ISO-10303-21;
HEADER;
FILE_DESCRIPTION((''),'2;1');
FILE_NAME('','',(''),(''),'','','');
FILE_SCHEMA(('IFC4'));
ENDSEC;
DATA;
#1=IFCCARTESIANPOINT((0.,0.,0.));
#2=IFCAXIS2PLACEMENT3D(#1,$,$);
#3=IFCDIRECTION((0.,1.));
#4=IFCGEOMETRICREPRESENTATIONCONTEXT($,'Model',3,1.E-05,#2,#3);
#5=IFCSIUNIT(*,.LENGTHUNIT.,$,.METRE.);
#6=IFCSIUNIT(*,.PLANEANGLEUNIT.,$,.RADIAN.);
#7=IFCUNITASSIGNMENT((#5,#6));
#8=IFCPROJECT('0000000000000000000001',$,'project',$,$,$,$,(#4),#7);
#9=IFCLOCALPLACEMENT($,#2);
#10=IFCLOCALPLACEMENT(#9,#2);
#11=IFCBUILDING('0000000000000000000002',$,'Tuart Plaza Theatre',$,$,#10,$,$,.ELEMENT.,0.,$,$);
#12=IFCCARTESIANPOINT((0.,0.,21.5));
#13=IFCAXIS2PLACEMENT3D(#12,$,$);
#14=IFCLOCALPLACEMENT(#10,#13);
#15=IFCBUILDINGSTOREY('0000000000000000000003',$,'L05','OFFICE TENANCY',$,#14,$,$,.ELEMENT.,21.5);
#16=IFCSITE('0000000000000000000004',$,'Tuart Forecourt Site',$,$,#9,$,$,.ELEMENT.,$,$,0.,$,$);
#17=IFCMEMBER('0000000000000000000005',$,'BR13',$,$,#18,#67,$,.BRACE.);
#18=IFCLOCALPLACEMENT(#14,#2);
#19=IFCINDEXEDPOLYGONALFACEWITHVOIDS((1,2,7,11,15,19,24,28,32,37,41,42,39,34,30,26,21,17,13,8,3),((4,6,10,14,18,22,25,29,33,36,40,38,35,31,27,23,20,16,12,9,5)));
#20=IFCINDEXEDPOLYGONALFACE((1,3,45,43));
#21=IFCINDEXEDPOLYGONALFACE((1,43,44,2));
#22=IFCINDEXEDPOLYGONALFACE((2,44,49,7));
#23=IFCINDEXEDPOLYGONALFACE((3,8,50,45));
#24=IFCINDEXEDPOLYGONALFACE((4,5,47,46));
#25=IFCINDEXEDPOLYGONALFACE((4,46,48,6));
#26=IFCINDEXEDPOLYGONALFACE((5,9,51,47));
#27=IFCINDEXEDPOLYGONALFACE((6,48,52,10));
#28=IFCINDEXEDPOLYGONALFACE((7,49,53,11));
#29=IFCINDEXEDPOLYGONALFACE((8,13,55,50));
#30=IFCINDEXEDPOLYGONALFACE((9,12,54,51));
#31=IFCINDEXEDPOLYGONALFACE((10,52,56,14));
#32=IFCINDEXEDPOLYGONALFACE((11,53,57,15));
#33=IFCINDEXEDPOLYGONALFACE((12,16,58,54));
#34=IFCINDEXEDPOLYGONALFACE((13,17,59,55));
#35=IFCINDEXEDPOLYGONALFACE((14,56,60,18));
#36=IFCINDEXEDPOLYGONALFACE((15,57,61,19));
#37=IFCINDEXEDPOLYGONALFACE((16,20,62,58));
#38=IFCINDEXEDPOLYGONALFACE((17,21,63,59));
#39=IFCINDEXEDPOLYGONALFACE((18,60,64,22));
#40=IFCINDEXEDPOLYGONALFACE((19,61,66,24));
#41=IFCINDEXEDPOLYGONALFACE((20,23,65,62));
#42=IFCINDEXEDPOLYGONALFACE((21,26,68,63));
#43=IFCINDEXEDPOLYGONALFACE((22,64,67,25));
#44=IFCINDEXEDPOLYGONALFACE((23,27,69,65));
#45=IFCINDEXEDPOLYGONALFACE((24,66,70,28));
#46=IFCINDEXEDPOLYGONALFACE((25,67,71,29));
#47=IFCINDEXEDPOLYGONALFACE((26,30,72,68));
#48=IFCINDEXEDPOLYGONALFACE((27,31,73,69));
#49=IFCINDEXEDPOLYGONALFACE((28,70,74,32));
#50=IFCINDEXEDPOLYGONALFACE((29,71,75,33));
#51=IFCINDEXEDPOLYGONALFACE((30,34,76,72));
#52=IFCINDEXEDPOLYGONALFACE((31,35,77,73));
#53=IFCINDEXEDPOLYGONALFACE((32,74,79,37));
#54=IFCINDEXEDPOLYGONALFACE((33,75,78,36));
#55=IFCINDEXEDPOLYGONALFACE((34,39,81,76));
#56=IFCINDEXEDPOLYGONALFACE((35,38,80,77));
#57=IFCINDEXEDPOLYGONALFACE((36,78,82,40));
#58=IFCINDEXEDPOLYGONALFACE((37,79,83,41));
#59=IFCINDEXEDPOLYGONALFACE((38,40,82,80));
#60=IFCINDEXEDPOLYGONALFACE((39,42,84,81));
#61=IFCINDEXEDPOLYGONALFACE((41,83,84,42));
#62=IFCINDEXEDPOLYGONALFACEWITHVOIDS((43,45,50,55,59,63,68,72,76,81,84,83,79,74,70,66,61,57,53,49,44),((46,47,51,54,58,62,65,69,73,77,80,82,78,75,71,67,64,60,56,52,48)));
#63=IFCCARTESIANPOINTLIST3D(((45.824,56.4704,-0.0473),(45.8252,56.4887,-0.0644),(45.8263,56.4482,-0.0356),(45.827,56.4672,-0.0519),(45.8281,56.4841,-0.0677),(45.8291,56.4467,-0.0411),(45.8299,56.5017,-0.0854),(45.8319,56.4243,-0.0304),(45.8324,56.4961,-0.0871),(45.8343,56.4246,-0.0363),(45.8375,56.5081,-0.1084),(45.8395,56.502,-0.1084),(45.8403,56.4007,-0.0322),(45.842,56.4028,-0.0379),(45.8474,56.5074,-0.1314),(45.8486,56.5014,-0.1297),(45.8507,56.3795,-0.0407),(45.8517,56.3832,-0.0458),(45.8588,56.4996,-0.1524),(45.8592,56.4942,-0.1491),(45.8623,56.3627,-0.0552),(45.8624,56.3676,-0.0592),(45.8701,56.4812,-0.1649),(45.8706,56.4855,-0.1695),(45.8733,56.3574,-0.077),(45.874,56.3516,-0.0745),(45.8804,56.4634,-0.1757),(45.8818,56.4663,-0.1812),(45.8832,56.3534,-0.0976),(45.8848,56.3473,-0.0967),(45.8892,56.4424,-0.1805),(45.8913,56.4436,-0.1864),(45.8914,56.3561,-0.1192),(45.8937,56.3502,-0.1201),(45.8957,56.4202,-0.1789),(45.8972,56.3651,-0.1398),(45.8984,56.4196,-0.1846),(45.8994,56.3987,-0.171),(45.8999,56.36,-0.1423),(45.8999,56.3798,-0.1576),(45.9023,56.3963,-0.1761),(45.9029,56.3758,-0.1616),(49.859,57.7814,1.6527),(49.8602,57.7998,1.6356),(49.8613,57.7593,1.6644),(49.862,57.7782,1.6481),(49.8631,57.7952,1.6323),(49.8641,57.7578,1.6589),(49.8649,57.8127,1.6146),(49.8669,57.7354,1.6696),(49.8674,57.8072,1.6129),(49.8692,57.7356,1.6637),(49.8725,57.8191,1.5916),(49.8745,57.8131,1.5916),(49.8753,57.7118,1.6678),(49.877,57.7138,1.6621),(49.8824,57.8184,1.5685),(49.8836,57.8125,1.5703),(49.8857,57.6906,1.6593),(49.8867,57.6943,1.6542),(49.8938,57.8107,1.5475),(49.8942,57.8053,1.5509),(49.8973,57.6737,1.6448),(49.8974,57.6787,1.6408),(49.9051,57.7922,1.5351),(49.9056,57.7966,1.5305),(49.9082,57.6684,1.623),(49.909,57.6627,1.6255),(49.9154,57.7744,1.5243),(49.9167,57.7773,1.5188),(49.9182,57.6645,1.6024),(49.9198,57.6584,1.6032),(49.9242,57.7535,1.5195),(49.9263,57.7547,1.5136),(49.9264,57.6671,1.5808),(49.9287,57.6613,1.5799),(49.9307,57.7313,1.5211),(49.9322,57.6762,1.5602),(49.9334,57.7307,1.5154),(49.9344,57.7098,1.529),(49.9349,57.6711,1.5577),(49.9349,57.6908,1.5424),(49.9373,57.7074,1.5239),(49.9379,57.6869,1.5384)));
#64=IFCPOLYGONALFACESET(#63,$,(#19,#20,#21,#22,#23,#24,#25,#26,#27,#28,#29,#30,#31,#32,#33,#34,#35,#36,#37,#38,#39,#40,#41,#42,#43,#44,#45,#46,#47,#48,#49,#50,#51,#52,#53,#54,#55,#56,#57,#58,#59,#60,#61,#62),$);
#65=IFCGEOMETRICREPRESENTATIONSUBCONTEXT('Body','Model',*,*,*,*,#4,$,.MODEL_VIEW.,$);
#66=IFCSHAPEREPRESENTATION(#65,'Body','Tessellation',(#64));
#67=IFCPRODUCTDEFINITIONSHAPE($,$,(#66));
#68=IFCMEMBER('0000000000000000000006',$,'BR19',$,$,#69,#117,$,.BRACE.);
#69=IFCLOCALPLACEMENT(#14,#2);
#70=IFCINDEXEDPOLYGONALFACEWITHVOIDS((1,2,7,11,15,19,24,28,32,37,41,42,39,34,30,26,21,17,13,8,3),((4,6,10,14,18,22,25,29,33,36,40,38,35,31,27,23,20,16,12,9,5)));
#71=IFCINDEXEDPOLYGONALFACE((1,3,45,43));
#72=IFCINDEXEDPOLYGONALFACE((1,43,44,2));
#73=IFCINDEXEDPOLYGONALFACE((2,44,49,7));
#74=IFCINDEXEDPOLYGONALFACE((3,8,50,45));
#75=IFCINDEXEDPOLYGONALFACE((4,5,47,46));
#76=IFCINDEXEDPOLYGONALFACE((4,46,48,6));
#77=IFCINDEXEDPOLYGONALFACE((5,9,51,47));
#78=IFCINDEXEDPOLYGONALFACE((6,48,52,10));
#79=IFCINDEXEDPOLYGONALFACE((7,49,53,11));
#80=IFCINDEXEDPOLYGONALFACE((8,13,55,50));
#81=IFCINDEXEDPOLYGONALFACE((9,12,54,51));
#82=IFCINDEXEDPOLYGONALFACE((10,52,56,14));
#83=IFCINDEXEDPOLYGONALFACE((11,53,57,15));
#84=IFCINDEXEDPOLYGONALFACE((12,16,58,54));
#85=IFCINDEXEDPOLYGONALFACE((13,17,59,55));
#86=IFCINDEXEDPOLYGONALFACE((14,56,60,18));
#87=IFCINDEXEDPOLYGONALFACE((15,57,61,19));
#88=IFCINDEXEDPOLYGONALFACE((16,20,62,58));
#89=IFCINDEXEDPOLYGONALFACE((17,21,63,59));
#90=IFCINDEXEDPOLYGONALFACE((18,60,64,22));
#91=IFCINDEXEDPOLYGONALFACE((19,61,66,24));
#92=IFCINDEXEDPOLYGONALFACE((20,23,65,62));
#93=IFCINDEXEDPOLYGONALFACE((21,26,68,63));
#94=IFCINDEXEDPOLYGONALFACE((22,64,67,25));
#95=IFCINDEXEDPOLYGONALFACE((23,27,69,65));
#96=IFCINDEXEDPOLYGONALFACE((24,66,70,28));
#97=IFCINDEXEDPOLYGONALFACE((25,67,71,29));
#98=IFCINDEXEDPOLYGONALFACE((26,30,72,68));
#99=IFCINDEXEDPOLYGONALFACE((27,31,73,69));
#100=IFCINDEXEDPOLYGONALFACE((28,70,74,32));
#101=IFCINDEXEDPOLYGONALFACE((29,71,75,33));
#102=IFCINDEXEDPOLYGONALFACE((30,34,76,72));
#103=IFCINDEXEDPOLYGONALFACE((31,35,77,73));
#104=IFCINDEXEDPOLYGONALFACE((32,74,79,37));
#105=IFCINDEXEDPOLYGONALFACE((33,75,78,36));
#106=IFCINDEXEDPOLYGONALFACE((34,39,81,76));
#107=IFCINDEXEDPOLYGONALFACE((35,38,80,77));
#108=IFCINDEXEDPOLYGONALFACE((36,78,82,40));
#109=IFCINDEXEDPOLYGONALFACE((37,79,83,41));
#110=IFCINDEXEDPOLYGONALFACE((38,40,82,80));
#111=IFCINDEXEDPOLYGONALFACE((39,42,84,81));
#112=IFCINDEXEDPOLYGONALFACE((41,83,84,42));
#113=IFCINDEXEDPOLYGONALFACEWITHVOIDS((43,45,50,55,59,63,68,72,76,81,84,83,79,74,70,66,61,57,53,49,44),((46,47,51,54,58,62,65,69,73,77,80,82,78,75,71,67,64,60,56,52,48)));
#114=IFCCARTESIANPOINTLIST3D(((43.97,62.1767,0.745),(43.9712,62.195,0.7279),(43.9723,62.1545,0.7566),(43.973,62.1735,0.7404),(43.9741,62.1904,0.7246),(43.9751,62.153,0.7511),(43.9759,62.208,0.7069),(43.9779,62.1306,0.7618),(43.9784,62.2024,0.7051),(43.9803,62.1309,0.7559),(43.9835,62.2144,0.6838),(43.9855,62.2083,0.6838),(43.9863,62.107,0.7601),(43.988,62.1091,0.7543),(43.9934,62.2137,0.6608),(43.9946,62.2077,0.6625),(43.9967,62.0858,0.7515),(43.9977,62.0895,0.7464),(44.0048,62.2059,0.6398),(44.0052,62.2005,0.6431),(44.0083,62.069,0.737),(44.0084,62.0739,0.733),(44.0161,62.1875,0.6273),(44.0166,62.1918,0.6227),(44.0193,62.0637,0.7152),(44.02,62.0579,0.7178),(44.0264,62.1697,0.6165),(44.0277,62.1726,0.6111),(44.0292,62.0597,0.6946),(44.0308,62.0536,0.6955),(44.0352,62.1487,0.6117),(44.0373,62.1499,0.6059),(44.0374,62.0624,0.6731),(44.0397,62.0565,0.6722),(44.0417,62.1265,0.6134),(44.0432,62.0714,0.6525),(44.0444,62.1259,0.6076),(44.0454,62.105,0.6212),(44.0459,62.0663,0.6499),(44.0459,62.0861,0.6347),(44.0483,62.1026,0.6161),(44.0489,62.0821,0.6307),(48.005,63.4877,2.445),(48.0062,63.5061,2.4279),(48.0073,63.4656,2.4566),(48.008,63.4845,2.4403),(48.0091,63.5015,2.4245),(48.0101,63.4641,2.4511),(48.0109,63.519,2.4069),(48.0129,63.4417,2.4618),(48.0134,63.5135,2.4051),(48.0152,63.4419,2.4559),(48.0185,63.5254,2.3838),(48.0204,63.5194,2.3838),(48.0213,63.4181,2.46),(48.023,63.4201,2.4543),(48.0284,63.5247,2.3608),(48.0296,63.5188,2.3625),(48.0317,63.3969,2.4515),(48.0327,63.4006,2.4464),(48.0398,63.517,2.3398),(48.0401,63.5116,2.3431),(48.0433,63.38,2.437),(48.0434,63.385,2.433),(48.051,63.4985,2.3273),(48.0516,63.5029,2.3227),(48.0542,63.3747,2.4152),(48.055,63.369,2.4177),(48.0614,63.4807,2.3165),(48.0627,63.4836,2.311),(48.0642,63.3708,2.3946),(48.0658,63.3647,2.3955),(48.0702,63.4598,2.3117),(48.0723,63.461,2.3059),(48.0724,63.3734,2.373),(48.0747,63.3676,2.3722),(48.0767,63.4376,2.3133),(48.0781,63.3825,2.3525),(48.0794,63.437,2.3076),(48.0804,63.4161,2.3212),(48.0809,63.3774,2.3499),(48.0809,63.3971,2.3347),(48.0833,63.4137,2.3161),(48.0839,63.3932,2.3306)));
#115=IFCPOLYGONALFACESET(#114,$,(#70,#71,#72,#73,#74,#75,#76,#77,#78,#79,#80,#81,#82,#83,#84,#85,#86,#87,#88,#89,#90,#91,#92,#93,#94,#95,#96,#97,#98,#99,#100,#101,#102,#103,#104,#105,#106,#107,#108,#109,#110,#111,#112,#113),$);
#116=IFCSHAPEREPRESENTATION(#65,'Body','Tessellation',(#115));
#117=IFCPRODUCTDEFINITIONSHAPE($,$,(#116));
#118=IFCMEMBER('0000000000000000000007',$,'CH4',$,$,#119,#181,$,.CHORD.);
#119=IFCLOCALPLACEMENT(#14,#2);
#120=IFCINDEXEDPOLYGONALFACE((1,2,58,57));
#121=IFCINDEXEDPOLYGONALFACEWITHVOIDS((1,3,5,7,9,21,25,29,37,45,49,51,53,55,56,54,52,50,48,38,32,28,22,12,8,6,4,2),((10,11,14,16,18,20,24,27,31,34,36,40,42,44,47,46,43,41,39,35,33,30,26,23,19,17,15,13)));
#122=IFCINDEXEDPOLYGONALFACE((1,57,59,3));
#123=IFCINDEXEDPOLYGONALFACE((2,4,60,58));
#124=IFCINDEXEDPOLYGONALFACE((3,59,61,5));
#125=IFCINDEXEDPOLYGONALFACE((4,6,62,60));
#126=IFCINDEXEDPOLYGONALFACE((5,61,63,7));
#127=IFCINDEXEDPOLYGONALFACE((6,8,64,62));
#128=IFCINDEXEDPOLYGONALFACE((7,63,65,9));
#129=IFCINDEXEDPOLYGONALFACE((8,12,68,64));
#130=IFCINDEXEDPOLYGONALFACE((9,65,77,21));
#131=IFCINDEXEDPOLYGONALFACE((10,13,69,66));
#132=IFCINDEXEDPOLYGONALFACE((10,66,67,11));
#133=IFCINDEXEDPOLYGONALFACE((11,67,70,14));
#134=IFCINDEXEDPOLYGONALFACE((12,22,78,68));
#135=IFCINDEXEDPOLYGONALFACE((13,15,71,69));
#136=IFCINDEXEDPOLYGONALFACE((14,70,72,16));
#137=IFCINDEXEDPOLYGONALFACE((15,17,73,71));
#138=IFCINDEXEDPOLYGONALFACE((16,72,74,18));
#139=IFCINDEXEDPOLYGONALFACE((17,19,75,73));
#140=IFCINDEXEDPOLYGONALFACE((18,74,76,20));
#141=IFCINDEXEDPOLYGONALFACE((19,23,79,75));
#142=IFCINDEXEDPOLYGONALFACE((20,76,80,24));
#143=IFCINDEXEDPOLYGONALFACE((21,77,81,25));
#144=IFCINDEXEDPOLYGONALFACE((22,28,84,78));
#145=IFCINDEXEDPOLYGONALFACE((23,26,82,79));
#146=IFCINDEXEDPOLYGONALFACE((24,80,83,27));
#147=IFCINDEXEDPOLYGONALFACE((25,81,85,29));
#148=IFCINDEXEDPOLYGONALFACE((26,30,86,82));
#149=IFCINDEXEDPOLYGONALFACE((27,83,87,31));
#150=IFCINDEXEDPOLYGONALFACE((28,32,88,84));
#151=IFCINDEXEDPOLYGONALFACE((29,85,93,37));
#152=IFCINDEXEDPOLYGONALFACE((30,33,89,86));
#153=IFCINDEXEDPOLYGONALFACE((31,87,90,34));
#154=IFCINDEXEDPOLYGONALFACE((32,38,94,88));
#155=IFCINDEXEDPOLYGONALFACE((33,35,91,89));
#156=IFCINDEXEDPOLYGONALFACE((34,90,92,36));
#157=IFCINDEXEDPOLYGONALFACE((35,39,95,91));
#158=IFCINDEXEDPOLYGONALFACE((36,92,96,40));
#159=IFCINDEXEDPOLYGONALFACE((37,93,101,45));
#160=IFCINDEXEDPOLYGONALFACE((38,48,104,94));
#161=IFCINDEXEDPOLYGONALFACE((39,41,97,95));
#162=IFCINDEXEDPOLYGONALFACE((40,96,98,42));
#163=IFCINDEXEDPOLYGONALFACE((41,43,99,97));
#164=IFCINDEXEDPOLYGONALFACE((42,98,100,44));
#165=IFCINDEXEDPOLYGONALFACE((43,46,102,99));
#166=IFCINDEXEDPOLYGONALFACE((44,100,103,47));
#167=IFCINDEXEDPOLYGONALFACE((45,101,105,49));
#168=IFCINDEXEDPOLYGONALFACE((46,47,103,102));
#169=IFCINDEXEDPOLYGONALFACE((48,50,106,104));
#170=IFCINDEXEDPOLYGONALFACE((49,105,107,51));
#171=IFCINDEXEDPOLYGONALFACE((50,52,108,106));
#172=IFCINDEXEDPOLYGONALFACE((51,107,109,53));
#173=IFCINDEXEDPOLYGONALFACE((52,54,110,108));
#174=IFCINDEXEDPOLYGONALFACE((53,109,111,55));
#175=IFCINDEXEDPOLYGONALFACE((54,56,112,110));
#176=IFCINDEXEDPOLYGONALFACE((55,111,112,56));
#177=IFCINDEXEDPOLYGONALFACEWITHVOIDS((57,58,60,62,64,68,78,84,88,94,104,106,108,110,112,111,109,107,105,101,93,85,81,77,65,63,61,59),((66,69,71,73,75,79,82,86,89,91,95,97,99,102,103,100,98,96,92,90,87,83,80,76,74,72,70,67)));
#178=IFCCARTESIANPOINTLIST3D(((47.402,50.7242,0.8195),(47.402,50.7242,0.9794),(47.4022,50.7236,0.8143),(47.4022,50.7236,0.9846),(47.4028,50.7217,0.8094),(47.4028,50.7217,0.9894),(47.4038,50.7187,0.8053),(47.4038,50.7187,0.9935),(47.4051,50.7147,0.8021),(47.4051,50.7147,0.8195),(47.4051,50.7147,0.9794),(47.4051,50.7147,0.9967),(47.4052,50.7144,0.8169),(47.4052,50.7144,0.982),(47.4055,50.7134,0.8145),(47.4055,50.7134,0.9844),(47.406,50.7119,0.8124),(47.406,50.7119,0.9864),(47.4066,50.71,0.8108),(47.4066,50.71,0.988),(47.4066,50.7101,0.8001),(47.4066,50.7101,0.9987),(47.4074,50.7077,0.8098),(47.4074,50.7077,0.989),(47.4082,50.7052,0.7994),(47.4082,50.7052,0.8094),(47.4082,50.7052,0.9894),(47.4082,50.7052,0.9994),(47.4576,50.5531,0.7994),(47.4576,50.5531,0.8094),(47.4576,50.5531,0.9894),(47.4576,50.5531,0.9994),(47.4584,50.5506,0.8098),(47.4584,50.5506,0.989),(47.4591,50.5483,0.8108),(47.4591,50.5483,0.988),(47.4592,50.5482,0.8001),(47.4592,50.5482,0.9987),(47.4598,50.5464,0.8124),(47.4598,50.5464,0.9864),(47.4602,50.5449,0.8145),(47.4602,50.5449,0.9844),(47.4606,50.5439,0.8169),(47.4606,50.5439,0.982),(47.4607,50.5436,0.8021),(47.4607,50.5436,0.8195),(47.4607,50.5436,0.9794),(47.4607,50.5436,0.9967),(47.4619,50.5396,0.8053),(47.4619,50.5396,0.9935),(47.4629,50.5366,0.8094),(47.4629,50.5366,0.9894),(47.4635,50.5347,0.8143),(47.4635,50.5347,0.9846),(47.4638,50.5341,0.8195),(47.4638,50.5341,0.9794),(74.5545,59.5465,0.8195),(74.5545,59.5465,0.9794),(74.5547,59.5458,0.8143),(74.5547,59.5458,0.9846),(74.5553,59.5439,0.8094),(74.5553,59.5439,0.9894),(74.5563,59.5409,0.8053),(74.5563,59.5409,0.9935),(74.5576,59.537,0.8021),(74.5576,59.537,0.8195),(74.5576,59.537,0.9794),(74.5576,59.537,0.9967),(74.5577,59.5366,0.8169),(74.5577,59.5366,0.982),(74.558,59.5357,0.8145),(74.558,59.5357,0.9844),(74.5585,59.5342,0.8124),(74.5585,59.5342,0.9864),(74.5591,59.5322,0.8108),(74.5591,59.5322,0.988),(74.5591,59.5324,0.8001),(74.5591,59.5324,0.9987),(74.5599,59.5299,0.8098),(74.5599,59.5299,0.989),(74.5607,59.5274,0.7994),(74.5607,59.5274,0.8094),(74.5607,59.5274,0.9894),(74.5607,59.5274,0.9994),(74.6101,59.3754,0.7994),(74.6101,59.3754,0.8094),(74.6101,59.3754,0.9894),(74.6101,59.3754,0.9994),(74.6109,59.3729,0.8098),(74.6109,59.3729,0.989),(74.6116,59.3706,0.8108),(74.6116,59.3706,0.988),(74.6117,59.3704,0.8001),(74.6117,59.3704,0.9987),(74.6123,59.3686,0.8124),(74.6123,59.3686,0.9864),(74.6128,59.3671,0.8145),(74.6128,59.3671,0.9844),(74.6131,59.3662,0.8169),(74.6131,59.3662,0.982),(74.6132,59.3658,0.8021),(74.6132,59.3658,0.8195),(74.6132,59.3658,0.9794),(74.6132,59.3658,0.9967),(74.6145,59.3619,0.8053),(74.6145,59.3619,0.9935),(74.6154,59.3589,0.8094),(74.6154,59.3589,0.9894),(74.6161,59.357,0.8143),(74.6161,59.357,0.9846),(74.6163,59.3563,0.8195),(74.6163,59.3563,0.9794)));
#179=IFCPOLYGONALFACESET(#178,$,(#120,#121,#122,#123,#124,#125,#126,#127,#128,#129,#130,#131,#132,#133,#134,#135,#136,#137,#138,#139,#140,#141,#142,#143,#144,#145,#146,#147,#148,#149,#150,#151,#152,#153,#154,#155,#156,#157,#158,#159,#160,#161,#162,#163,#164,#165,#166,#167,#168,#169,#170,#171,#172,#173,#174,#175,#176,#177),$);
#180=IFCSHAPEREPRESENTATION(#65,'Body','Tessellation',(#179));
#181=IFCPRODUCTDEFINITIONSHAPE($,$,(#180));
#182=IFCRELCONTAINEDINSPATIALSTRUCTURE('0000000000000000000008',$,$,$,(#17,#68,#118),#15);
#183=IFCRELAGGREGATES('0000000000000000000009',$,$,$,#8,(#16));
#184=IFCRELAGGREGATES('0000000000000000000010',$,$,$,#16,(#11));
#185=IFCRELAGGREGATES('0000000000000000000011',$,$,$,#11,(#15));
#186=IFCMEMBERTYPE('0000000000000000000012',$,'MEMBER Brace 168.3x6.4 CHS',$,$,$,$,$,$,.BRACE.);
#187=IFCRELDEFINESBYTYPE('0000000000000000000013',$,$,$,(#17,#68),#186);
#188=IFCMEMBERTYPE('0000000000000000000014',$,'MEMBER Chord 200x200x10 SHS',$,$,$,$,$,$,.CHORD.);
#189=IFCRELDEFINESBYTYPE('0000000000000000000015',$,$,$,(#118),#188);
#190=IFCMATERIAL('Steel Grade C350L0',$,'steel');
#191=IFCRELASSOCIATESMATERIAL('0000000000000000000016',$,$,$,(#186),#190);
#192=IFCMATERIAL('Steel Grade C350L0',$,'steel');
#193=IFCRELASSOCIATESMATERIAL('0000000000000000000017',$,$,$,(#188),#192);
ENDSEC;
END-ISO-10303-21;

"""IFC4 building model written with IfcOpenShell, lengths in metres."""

from ifc_helpers import new_model, si_unit, direction, frame, origin, origin_2d, place, context, subcontext, project, spatial, hollow_rectangle, hollow_circle, extrude, material, material_profile, profile_set, type_object, element, save


model = new_model("IFC4")

# Units and contexts
model_context = context("Model", 3, precision=1e-05, world=origin(), true_north=direction((0.0, 1.0)))
body_context = subcontext(model_context, "Body", "Model", "MODEL_VIEW")
ifc_project = project(units=[si_unit("LENGTHUNIT", "METRE"), si_unit("PLANEANGLEUNIT", "RADIAN")], contexts=[model_context])

# Site, building, storey
site_placement = place(None, origin())
site = spatial("IfcSite", under=ifc_project, at=site_placement, Name="Tuart Forecourt Site", CompositionType="ELEMENT", RefElevation=0.0)
building_placement = place(site_placement, origin())
building = spatial("IfcBuilding", under=site, at=building_placement, Name="Tuart Plaza Theatre", CompositionType="ELEMENT", ElevationOfRefHeight=0.0)
storey_placement = place(building_placement, frame((0.0, 0.0, 21.5)))
storey = spatial("IfcBuildingStorey", under=building, at=storey_placement, Name="L05", Description="OFFICE TENANCY", CompositionType="ELEMENT", Elevation=21.5)

# Members
ifc_material_1 = material(Name="Steel Grade C350L0", Category="steel")
ifc_material_profile_1 = material_profile(ifc_material_1, hollow_circle(Radius=0.0842, WallThickness=0.0063, at=origin_2d()), Name="168.3x6.4 CHS")
ifc_profile_set_1 = profile_set([ifc_material_profile_1], Name="Steel Grade C350L0")
member_type_1 = type_object("IfcMemberType", Name="MEMBER Brace 168.3x6.4 CHS", PredefinedType="BRACE", material=ifc_profile_set_1)
for number, where, z_axis, x_axis, name in (
    (1, (45.8635, 56.428, -0.1084), (0.882823, 0.286849, 0.371943), (-0.30902, 0.951056, 0.0), "BR13"),
    (2, (44.0095, 62.1343, 0.6838), (0.882823, 0.286849, 0.371943), (-0.30902, 0.951056, 0.0), "BR19"),
):
    element("IfcMember", number, at=place(storey_placement, frame(where, z_axis=z_axis, x_axis=x_axis)), inside=storey, type_object=member_type_1, Name=name, PredefinedType="BRACE", context=body_context, shape_type="SweptSolid", body=[
        extrude(hollow_circle(Radius=0.0842, WallThickness=0.0063, at=origin_2d()), origin(), (0.0, 0.0, 1.0), 4.5706),
    ])
ifc_material_2 = material(Name="Steel Grade C350L0", Category="steel")
ifc_material_profile_2 = material_profile(ifc_material_2, hollow_rectangle(XDim=0.2, YDim=0.2, WallThickness=0.01, InnerFilletRadius=0.01, OuterFilletRadius=0.02, at=origin_2d()), Name="200x200x10 SHS")
ifc_profile_set_2 = profile_set([ifc_material_profile_2], Name="Steel Grade C350L0")
member_type_2 = type_object("IfcMemberType", Name="MEMBER Chord 200x200x10 SHS", PredefinedType="CHORD", material=ifc_profile_set_2)
member_placement = place(storey_placement, frame((47.4329, 50.6292, 0.8994), z_axis=(0.951058, 0.309012, 0.0), x_axis=(-0.309012, 0.951058, 0.0)))
element("IfcMember", 3, at=member_placement, inside=storey, type_object=member_type_2, Name="CH4", PredefinedType="CHORD", context=body_context, shape_type="SweptSolid", body=[
    extrude(hollow_rectangle(XDim=0.2, YDim=0.2, WallThickness=0.01, InnerFilletRadius=0.01, OuterFilletRadius=0.02, at=origin_2d()), origin(), (0.0, 0.0, 1.0), 28.5498),
])

save(model, "model.ifc")
